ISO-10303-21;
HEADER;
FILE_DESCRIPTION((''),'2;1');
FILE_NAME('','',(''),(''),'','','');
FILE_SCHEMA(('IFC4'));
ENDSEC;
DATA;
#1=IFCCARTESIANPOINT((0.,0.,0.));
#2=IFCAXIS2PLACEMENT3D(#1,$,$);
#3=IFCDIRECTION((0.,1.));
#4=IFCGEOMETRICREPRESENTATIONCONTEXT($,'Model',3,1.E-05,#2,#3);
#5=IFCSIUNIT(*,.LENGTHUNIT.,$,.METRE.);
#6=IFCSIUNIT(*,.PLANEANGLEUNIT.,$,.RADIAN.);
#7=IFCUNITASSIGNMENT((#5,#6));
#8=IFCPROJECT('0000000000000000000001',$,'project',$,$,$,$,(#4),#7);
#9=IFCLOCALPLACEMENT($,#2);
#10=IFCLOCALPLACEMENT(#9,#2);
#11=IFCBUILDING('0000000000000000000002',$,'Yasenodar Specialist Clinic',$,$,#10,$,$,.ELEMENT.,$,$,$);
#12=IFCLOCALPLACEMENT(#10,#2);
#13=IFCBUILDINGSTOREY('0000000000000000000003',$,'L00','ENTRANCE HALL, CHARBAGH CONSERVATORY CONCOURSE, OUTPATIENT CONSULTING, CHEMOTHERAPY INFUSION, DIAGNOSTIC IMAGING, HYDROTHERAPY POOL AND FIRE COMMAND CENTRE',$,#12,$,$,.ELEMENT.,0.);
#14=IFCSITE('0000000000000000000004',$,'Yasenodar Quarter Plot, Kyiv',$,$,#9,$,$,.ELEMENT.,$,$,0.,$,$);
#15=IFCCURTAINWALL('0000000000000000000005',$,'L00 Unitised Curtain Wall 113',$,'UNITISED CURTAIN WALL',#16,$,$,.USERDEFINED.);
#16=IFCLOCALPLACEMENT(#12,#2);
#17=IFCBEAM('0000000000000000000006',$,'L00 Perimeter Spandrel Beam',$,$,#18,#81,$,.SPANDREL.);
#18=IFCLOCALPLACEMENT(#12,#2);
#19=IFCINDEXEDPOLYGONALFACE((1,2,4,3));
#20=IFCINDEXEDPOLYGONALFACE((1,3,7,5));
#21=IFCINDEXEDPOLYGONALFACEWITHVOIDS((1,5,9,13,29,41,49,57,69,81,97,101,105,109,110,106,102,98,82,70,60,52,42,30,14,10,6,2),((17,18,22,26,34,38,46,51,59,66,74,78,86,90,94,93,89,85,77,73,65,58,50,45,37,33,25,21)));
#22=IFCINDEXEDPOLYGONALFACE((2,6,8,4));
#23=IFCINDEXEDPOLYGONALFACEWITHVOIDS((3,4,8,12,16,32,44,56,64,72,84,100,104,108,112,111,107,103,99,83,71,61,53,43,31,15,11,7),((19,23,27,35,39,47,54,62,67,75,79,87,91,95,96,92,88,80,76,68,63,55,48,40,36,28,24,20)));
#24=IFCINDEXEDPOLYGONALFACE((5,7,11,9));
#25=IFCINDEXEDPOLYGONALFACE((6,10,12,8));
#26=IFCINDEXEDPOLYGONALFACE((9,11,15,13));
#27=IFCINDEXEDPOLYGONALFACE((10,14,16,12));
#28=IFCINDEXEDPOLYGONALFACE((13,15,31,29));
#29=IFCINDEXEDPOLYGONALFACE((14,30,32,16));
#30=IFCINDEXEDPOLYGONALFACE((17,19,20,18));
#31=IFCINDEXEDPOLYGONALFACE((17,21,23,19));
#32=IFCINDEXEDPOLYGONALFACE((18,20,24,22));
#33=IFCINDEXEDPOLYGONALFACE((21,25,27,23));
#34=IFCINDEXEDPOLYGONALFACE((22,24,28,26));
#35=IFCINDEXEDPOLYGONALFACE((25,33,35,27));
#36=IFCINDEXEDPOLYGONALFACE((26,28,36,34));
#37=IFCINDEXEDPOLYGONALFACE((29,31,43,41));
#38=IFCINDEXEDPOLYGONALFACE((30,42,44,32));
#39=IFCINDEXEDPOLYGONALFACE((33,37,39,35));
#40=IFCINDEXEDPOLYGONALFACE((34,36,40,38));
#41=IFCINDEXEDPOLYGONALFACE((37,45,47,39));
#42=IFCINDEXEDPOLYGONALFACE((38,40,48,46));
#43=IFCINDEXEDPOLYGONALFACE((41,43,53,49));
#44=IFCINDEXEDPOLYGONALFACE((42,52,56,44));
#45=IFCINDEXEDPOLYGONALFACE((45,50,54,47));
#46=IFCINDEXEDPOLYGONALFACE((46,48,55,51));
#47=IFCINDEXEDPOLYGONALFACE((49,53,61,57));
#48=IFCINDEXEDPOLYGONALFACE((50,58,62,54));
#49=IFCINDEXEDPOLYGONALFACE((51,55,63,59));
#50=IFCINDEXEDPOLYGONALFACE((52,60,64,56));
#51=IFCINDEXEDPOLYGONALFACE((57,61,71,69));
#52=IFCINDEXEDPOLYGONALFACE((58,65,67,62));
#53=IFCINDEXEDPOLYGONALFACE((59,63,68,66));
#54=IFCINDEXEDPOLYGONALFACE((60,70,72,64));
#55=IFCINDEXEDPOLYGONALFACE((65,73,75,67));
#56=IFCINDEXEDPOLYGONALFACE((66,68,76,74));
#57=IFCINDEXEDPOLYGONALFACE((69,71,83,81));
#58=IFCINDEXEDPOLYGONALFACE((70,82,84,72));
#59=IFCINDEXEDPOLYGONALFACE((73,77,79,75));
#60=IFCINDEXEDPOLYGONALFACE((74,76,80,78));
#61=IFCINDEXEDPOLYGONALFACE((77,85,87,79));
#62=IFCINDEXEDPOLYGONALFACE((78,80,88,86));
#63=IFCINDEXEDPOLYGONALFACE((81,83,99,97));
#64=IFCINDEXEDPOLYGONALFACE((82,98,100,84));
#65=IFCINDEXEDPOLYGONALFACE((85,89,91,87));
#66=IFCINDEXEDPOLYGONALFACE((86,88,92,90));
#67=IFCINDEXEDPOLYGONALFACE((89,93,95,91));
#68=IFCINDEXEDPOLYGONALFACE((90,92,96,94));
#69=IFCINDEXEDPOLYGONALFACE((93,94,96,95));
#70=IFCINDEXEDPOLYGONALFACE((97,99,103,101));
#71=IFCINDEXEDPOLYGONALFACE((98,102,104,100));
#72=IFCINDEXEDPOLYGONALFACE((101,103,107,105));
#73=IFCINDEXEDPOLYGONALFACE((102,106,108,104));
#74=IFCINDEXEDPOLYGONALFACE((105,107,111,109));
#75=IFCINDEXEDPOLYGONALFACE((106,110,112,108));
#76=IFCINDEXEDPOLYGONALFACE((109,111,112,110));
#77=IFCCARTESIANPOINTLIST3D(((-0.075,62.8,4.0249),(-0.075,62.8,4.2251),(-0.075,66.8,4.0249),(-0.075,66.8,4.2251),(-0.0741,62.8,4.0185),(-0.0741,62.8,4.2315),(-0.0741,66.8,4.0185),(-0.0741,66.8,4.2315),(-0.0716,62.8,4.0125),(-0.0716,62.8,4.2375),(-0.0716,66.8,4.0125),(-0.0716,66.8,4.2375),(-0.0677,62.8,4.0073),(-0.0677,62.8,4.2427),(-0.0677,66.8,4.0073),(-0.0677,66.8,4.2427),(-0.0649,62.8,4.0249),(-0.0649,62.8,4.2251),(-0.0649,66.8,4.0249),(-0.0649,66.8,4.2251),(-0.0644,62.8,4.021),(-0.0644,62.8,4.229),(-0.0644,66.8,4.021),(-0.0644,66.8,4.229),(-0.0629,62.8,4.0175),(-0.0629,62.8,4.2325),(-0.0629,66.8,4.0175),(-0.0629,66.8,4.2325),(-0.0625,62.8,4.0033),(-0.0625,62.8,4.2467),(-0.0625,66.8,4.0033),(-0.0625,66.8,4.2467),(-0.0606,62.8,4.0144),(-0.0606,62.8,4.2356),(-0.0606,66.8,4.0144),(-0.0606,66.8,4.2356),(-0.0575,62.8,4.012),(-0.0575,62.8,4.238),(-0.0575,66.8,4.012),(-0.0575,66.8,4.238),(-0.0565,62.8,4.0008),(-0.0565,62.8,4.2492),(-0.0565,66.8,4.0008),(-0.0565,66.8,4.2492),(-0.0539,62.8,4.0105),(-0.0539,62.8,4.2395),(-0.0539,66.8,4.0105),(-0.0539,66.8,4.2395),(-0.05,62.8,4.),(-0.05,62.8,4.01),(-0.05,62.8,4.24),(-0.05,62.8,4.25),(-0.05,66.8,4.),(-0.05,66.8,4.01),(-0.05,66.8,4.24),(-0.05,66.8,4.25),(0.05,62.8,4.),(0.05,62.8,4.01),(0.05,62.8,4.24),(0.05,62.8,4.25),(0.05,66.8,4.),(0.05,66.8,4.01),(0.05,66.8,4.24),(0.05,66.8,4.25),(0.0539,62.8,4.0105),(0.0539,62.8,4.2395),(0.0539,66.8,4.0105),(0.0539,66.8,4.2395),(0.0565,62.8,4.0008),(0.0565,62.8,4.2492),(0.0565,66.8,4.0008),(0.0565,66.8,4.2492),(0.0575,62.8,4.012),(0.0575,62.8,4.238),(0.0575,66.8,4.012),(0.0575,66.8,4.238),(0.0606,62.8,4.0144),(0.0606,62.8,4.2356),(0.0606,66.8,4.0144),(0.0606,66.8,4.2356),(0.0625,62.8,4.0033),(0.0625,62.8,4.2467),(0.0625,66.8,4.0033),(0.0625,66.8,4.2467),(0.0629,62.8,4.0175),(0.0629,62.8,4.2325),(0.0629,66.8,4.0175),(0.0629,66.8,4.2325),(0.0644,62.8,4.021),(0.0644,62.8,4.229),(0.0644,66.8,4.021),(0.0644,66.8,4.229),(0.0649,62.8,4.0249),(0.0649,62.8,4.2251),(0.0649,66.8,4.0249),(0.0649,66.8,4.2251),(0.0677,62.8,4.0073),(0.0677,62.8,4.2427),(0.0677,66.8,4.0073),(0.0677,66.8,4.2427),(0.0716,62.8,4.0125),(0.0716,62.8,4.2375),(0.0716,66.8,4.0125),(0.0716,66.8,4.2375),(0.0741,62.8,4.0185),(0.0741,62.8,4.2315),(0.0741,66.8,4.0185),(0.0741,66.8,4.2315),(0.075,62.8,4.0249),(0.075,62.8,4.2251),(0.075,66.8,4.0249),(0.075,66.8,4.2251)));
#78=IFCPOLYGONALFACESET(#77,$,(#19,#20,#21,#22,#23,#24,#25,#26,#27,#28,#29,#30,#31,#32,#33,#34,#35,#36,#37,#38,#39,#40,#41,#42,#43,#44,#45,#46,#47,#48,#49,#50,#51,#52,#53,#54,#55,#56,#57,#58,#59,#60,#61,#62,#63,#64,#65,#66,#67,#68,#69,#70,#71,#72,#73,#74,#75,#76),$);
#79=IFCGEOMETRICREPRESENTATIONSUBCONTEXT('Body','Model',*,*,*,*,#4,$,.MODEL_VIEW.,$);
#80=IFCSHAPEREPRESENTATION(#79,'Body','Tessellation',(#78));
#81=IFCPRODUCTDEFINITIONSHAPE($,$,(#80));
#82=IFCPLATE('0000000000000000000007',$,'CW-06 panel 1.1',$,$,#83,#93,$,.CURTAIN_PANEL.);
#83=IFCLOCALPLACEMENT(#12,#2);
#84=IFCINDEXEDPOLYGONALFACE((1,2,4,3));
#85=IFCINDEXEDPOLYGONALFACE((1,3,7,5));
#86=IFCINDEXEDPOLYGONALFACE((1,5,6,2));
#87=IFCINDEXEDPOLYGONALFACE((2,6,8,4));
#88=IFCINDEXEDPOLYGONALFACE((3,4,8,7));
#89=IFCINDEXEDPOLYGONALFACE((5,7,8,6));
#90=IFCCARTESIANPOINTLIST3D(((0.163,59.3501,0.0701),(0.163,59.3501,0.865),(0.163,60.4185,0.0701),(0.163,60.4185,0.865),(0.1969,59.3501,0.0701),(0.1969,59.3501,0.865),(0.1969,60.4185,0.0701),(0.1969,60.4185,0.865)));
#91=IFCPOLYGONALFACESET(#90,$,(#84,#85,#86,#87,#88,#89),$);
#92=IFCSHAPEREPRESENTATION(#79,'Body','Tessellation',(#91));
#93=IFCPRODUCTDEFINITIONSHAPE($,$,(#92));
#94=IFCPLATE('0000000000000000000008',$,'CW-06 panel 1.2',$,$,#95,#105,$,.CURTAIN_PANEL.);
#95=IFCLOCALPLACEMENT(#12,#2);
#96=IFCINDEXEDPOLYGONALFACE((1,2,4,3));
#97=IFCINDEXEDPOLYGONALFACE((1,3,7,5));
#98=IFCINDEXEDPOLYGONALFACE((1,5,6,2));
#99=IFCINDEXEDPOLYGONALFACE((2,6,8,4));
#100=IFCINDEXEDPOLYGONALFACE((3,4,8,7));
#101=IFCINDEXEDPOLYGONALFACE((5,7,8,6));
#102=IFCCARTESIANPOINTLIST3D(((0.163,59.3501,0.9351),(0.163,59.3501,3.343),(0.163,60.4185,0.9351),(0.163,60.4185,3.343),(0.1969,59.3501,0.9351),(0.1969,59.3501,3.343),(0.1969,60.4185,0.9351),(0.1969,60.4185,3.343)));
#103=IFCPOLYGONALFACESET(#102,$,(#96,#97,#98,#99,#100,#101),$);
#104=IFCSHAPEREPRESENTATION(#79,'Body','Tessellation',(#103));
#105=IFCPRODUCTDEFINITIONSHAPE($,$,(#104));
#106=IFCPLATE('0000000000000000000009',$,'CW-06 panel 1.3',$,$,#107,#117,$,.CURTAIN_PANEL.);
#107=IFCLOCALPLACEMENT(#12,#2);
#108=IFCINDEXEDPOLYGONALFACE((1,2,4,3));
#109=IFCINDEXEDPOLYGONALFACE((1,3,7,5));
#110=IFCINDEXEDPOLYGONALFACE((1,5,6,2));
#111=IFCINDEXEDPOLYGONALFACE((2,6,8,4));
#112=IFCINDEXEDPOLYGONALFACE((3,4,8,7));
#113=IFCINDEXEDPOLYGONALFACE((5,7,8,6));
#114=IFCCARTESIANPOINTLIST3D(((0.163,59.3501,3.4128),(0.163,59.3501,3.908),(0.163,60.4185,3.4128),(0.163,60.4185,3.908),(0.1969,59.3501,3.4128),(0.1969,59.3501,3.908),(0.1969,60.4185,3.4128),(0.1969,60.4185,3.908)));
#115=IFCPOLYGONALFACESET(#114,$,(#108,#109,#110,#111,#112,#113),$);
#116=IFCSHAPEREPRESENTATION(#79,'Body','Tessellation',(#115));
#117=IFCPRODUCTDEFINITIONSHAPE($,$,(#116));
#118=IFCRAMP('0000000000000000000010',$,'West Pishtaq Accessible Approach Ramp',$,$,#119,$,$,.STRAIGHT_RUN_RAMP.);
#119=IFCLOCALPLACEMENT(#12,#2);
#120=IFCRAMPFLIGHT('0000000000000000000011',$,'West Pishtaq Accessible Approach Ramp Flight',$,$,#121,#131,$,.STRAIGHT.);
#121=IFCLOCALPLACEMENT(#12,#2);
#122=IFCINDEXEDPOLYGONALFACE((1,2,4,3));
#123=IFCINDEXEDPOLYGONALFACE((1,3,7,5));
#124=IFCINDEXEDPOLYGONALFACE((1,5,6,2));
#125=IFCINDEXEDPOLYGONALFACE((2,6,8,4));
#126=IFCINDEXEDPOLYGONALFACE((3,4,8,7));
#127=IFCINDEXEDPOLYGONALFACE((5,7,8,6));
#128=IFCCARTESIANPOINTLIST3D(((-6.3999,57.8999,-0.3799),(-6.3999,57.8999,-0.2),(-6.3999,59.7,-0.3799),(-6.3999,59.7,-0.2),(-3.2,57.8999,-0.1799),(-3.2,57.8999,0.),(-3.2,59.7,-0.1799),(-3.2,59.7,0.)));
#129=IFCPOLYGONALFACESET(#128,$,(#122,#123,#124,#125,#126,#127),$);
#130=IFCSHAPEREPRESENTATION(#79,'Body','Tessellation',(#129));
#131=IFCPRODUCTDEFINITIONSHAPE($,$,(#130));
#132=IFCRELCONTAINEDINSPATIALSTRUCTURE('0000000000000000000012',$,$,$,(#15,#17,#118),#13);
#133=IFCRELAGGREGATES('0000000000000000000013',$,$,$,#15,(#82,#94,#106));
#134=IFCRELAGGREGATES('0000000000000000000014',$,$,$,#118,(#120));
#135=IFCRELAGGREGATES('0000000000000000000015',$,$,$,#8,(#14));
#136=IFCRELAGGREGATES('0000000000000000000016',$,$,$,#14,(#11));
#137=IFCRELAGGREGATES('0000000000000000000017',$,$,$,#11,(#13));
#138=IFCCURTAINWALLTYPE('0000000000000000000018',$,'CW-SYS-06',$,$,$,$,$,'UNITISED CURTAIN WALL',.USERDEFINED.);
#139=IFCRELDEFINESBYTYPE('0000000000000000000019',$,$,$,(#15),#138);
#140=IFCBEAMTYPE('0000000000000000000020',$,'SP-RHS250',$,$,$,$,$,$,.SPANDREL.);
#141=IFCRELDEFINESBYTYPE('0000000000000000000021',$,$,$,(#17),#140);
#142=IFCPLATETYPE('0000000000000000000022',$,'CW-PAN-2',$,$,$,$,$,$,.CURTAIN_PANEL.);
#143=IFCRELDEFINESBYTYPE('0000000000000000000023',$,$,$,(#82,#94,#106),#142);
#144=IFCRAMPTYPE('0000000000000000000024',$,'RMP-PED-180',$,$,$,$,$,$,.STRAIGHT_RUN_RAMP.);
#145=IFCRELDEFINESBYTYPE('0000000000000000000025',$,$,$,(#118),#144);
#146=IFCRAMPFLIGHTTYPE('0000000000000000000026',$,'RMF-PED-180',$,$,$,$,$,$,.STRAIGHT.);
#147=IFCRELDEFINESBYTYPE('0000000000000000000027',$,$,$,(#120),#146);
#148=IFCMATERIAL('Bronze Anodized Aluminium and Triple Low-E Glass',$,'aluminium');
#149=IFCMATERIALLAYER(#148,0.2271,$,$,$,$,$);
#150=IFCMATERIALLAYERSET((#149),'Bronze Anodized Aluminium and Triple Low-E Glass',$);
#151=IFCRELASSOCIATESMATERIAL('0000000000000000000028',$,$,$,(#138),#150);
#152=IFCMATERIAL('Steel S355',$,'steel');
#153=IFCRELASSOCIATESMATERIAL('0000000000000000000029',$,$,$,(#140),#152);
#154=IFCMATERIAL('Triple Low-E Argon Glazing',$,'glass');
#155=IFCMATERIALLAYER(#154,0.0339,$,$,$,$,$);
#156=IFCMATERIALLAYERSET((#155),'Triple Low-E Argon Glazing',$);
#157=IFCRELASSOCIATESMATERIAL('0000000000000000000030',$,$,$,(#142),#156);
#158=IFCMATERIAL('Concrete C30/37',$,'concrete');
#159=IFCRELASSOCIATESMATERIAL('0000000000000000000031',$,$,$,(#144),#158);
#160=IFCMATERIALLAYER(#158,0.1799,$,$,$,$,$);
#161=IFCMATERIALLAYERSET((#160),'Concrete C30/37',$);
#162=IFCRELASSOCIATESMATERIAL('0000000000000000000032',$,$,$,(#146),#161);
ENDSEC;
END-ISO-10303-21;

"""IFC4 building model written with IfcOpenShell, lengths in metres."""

from ifc_helpers import new_model, si_unit, direction, frame, origin, origin_2d, place, context, subcontext, project, spatial, polyline, rectangle, hollow_rectangle, outline, extrude, material, layer, layer_set, material_profile, profile_set, type_object, element, aggregate, save


model = new_model("IFC4")

# Units and contexts
model_context = context("Model", 3, precision=1e-05, world=origin(), true_north=direction((0.0, 1.0)))
body_context = subcontext(model_context, "Body", "Model", "MODEL_VIEW")
ifc_project = project(units=[si_unit("LENGTHUNIT", "METRE"), si_unit("PLANEANGLEUNIT", "RADIAN")], contexts=[model_context])

# Site, building, storey
site_placement = place(None, origin())
site = spatial("IfcSite", under=ifc_project, at=site_placement, Name="Yasenodar Quarter Plot, Kyiv", CompositionType="ELEMENT", RefElevation=0.0)
building_placement = place(site_placement, origin())
building = spatial("IfcBuilding", under=site, at=building_placement, Name="Yasenodar Specialist Clinic", CompositionType="ELEMENT")
storey_placement = place(building_placement, origin())
storey = spatial("IfcBuildingStorey", under=building, at=storey_placement, Name="L00", Description="ENTRANCE HALL, CHARBAGH CONSERVATORY CONCOURSE, OUTPATIENT CONSULTING, CHEMOTHERAPY INFUSION, DIAGNOSTIC IMAGING, HYDROTHERAPY POOL AND FIRE COMMAND CENTRE", CompositionType="ELEMENT", Elevation=0.0)

# Shared definitions
ifc_material_1 = material(Name="Steel S355", Category="steel")

# Curtain wall
ifc_material_2 = material(Name="Bronze Anodized Aluminium and Triple Low-E Glass", Category="aluminium")
ifc_layer_1 = layer(ifc_material_2, 0.2271)
ifc_layer_set_1 = layer_set([ifc_layer_1], Name="Bronze Anodized Aluminium and Triple Low-E Glass")
curtain_wall_type = type_object("IfcCurtainWallType", Name="CW-SYS-06", ElementType="UNITISED CURTAIN WALL", PredefinedType="USERDEFINED", material=ifc_layer_set_1)
curtain_wall_placement = place(storey_placement, origin())
curtain_wall = element("IfcCurtainWall", 1, at=curtain_wall_placement, inside=storey, type_object=curtain_wall_type, Name="L00 Unitised Curtain Wall 113", ObjectType="UNITISED CURTAIN WALL", PredefinedType="USERDEFINED")

# Beam
ifc_material_profile_1 = material_profile(ifc_material_1, hollow_rectangle(XDim=0.1499, YDim=0.25, WallThickness=0.01, InnerFilletRadius=0.0149, OuterFilletRadius=0.0249, at=origin_2d()), Name="RHS 250x150x10")
ifc_profile_set_1 = profile_set([ifc_material_profile_1], Name="Steel S355")
beam_type_1 = type_object("IfcBeamType", Name="SP-RHS250", PredefinedType="SPANDREL", material=ifc_profile_set_1)
beam_1_placement = place(storey_placement, frame((0.0, 62.8, 4.125), z_axis=(0.0, 1.0, 0.0), x_axis=(-1.0, 0.0, 0.0)))
element("IfcBeam", 2, at=beam_1_placement, inside=storey, type_object=beam_type_1, Name="L00 Perimeter Spandrel Beam", PredefinedType="SPANDREL", context=body_context, shape_type="SweptSolid", body=[
    extrude(hollow_rectangle(XDim=0.1499, YDim=0.25, WallThickness=0.01, InnerFilletRadius=0.0149, OuterFilletRadius=0.0249, at=origin_2d()), origin(), (0.0, 0.0, 1.0), 4.0),
])

# Plates
ifc_material_3 = material(Name="Triple Low-E Argon Glazing", Category="glass")
ifc_layer_2 = layer(ifc_material_3, 0.0339)
ifc_layer_set_2 = layer_set([ifc_layer_2], Name="Triple Low-E Argon Glazing")
plate_type = type_object("IfcPlateType", Name="CW-PAN-2", PredefinedType="CURTAIN_PANEL", material=ifc_layer_set_2)
plate_1_placement = place(storey_placement, frame((0.1799, 59.8843, 0.0701), z_axis=(0.0, 0.0, 1.0), x_axis=(0.0, 1.0, 0.0)))
plate_1 = element("IfcPlate", 3, at=plate_1_placement, type_object=plate_type, Name="CW-06 panel 1.1", PredefinedType="CURTAIN_PANEL", context=body_context, shape_type="SweptSolid", body=[
    extrude(rectangle(XDim=1.0684, YDim=0.0339, at=origin_2d()), origin(), (0.0, 0.0, 1.0), 0.7949),
])
plate_2_placement = place(storey_placement, frame((0.1799, 59.8843, 0.9351), z_axis=(0.0, 0.0, 1.0), x_axis=(0.0, 1.0, 0.0)))
plate_2 = element("IfcPlate", 4, at=plate_2_placement, type_object=plate_type, Name="CW-06 panel 1.2", PredefinedType="CURTAIN_PANEL", context=body_context, shape_type="SweptSolid", body=[
    extrude(rectangle(XDim=1.0684, YDim=0.0339, at=origin_2d()), origin(), (0.0, 0.0, 1.0), 2.408),
])
plate_3_placement = place(storey_placement, frame((0.1799, 59.8843, 3.4128), z_axis=(0.0, 0.0, 1.0), x_axis=(0.0, 1.0, 0.0)))
plate_3 = element("IfcPlate", 5, at=plate_3_placement, type_object=plate_type, Name="CW-06 panel 1.3", PredefinedType="CURTAIN_PANEL", context=body_context, shape_type="SweptSolid", body=[
    extrude(rectangle(XDim=1.0684, YDim=0.0339, at=origin_2d()), origin(), (0.0, 0.0, 1.0), 0.4951),
])
aggregate(curtain_wall, [plate_1, plate_2, plate_3])

# Ramp, ramp flight
ifc_material_4 = material(Name="Concrete C30/37", Category="concrete")
ramp_type = type_object("IfcRampType", Name="RMP-PED-180", PredefinedType="STRAIGHT_RUN_RAMP", material=ifc_material_4)
ramp_placement = place(storey_placement, origin())
ramp = element("IfcRamp", 6, at=ramp_placement, inside=storey, type_object=ramp_type, Name="West Pishtaq Accessible Approach Ramp", PredefinedType="STRAIGHT_RUN_RAMP")
ifc_layer_3 = layer(ifc_material_4, 0.1799)
ifc_layer_set_3 = layer_set([ifc_layer_3], Name="Concrete C30/37")
ramp_flight_type = type_object("IfcRampFlightType", Name="RMF-PED-180", PredefinedType="STRAIGHT", material=ifc_layer_set_3)
ramp_flight_placement = place(storey_placement, frame((-6.3999, 58.8, -0.2), z_axis=(0.0, 0.0, 1.0), x_axis=(1.0, 0.0, 0.0)))
ramp_flight = element("IfcRampFlight", 7, at=ramp_flight_placement, type_object=ramp_flight_type, Name="West Pishtaq Accessible Approach Ramp Flight", PredefinedType="STRAIGHT", context=body_context, shape_type="SweptSolid", body=[
    extrude(outline(polyline([(0.0, 0.0), (3.2, 0.2), (3.2, 0.02), (0.0, -0.1799), (0.0, 0.0)])), frame((0.0, 0.8999, 0.0), z_axis=(0.0, -1.0, 0.0), x_axis=(1.0, 0.0, 0.0)), (0.0, 0.0, 1.0), 1.8),
])
aggregate(ramp, [ramp_flight])

save(model, "model.ifc")
